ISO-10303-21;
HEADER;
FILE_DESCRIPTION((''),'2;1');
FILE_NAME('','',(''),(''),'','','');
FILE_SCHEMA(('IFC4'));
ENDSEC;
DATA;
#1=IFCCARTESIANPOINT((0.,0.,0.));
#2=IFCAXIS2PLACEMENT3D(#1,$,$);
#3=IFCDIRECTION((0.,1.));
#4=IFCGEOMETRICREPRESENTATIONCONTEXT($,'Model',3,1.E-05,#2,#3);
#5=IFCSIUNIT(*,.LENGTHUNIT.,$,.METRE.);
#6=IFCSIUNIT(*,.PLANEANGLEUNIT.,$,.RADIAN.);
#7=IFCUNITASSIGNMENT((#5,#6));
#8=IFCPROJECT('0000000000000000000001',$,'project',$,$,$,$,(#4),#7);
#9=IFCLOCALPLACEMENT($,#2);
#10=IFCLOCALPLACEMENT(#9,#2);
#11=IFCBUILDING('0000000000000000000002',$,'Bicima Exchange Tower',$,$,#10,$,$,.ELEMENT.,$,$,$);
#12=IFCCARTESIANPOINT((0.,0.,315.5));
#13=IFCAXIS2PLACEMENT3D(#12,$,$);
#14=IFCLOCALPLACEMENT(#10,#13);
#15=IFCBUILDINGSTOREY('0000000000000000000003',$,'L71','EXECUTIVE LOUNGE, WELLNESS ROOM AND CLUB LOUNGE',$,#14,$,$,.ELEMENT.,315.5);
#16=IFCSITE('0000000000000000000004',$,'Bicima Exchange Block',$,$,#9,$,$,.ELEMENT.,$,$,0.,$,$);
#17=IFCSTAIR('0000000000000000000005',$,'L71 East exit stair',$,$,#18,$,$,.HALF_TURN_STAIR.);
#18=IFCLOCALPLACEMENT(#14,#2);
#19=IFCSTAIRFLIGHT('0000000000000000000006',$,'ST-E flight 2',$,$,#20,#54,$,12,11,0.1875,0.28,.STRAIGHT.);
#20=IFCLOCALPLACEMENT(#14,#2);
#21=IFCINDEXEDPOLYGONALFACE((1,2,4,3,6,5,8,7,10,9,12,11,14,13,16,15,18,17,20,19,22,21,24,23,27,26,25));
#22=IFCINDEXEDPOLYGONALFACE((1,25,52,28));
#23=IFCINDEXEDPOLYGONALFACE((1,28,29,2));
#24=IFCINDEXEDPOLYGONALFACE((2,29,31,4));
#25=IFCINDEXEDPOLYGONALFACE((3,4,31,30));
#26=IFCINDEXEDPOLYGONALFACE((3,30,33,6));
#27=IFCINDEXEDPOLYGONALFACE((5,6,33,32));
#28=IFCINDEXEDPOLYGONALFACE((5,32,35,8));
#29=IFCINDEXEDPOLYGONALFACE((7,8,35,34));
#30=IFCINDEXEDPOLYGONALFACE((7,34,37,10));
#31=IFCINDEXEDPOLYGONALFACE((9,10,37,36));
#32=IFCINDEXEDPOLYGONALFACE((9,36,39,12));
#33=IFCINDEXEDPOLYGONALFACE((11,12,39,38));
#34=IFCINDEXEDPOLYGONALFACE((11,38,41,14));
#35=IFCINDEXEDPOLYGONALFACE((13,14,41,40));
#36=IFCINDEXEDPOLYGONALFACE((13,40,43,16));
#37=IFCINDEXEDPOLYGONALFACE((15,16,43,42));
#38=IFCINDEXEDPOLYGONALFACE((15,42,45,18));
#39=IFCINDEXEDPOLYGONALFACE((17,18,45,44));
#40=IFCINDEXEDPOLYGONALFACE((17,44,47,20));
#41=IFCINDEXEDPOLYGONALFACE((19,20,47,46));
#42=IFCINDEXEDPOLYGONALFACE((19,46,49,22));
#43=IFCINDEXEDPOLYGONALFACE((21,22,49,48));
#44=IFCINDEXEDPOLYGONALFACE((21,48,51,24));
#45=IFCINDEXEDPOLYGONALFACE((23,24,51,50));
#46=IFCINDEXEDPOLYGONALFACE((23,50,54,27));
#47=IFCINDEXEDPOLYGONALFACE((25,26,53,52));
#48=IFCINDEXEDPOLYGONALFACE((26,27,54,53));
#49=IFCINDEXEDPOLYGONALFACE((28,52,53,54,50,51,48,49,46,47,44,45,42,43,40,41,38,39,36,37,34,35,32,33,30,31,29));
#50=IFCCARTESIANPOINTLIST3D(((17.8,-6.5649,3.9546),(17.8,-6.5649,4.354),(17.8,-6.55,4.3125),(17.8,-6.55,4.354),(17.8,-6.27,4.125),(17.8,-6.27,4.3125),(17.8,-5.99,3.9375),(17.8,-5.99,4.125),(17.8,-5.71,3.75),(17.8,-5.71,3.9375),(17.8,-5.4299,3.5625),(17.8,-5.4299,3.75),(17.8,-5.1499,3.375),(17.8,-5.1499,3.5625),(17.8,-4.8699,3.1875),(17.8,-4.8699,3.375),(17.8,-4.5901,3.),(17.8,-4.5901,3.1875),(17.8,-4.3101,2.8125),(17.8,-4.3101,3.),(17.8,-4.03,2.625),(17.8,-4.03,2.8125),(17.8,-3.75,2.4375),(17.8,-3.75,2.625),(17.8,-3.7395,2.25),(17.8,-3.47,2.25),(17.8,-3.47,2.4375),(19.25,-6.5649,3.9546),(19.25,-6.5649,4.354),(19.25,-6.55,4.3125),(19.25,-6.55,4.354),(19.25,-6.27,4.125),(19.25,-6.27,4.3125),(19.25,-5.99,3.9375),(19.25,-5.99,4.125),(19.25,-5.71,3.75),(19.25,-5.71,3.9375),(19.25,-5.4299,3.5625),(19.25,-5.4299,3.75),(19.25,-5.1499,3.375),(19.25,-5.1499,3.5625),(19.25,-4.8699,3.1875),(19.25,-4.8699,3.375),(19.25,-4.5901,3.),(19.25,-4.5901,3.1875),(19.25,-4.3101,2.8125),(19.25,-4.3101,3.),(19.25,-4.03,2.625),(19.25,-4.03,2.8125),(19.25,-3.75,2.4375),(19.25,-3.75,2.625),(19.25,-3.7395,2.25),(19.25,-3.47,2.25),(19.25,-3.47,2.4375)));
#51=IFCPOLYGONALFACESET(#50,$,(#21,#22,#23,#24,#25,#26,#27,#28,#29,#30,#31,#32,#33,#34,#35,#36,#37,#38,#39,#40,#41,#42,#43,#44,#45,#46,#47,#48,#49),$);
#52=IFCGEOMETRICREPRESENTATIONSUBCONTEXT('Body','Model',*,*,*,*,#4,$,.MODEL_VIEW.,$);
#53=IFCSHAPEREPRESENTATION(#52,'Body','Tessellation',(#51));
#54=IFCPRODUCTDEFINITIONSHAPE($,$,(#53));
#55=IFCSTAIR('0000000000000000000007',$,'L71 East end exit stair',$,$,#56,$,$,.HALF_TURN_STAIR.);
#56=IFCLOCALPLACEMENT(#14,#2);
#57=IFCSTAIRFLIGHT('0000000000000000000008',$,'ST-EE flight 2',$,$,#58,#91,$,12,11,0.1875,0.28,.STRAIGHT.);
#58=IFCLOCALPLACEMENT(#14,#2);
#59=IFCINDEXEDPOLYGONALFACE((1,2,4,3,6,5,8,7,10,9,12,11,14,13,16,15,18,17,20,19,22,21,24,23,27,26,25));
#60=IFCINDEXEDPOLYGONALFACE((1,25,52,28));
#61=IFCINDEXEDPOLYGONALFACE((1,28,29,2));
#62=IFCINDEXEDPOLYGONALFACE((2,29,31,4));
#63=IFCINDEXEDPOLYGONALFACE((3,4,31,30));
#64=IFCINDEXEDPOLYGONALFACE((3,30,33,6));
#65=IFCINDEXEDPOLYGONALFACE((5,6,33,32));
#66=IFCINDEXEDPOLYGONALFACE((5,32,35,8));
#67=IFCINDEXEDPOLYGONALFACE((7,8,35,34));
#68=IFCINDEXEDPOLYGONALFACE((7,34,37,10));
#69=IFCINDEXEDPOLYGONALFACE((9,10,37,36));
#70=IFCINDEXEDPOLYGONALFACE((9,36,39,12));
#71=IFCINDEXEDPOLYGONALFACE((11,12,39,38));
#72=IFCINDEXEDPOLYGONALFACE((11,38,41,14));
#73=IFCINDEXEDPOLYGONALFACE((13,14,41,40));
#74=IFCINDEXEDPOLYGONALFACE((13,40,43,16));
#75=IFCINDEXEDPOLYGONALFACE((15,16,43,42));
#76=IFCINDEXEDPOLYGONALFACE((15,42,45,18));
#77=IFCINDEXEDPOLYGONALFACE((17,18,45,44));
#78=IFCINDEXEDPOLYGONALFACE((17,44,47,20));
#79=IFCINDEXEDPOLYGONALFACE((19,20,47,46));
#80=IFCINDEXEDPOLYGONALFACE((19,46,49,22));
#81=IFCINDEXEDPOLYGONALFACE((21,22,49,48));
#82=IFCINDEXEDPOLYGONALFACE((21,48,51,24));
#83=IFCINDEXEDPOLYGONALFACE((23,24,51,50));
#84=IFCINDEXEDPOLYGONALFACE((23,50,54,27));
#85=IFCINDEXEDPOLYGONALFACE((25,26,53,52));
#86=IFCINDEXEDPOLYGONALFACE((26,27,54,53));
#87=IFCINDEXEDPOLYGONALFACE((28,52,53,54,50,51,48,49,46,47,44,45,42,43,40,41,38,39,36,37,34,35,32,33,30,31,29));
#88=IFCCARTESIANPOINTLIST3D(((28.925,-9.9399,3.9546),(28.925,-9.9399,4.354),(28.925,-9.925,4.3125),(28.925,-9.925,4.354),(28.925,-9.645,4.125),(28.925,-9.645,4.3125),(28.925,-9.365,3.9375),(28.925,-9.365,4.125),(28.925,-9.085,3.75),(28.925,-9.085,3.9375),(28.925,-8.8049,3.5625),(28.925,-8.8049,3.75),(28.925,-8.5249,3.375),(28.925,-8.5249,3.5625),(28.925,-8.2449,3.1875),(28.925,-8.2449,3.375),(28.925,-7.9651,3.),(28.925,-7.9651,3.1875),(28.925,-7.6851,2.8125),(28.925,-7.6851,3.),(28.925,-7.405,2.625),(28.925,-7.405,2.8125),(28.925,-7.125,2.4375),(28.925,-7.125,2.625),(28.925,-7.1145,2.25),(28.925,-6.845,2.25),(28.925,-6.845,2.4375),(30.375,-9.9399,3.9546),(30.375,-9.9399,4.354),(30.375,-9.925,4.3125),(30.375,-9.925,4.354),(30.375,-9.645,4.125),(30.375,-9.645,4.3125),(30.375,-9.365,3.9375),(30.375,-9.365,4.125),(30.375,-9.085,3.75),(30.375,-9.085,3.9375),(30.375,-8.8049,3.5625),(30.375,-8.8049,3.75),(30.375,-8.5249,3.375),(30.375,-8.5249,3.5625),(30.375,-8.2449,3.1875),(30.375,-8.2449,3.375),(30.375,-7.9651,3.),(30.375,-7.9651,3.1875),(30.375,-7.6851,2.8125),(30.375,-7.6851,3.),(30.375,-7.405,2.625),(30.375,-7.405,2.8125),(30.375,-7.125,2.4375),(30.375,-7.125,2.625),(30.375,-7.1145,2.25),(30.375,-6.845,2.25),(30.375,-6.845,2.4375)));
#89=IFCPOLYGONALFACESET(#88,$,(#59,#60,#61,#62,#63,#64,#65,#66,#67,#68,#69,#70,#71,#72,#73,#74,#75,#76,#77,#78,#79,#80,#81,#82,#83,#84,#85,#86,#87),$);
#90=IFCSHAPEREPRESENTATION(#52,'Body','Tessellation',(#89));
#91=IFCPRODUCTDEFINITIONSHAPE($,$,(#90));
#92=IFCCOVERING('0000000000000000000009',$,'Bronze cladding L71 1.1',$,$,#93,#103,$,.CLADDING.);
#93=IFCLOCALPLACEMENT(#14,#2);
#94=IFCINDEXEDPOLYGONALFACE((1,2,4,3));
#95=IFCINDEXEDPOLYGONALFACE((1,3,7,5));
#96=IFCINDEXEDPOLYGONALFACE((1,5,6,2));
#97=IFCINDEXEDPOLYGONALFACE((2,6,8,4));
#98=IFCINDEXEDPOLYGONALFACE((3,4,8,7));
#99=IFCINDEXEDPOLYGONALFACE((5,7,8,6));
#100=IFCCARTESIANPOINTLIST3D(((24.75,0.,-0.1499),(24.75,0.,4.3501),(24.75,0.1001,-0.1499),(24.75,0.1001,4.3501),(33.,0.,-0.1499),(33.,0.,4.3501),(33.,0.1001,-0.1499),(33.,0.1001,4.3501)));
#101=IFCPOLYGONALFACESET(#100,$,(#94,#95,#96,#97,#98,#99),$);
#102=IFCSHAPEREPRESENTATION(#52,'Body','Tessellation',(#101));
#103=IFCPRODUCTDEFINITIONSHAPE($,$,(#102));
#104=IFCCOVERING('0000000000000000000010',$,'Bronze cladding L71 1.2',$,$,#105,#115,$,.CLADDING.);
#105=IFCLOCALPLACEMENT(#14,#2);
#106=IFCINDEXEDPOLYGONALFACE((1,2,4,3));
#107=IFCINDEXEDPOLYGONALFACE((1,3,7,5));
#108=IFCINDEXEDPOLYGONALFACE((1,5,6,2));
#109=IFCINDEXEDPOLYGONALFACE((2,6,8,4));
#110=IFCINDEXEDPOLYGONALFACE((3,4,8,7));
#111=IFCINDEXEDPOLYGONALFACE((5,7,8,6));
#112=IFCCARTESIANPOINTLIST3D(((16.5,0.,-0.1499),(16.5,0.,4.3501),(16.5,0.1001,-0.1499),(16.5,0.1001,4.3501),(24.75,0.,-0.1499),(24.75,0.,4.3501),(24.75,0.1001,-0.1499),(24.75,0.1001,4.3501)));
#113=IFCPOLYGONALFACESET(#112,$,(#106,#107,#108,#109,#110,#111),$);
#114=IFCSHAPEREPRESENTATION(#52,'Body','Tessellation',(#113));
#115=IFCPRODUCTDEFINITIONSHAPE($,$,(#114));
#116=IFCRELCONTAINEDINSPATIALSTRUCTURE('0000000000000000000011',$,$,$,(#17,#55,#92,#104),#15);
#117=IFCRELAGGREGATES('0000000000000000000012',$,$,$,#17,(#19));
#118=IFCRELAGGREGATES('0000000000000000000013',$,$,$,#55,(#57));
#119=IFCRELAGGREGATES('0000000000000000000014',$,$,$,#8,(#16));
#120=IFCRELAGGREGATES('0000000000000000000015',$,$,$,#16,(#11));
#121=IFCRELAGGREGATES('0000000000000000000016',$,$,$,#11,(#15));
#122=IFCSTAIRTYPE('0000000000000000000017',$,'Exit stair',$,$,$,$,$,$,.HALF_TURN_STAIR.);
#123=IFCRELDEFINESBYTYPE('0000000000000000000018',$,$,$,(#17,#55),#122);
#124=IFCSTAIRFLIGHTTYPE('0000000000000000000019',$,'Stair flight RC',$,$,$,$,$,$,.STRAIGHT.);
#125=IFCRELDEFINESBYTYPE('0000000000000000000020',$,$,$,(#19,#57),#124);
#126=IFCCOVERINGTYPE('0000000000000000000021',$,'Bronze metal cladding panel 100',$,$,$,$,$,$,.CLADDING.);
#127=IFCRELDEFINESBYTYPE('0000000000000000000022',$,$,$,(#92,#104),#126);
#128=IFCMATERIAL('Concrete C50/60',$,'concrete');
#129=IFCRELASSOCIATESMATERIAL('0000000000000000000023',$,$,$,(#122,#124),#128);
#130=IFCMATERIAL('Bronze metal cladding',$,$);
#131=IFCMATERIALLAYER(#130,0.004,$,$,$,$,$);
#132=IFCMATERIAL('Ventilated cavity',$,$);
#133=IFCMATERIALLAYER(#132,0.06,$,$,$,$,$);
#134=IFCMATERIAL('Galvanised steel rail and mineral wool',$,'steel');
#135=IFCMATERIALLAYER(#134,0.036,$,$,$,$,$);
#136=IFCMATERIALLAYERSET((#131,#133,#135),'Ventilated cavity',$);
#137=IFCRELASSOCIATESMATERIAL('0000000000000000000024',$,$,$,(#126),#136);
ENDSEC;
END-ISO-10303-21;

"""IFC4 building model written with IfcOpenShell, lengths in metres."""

from ifc_helpers import new_model, si_unit, direction, frame, origin, origin_2d, place, context, subcontext, project, spatial, polyline, rectangle, outline, extrude, material, layer, layer_set, type_object, element, aggregate, save


model = new_model("IFC4")

# Units and contexts
model_context = context("Model", 3, precision=1e-05, world=origin(), true_north=direction((0.0, 1.0)))
body_context = subcontext(model_context, "Body", "Model", "MODEL_VIEW")
ifc_project = project(units=[si_unit("LENGTHUNIT", "METRE"), si_unit("PLANEANGLEUNIT", "RADIAN")], contexts=[model_context])

# Site, building, storey
site_placement = place(None, origin())
site = spatial("IfcSite", under=ifc_project, at=site_placement, Name="Bicima Exchange Block", CompositionType="ELEMENT", RefElevation=0.0)
building_placement = place(site_placement, origin())
building = spatial("IfcBuilding", under=site, at=building_placement, Name="Bicima Exchange Tower", CompositionType="ELEMENT")
storey_placement = place(building_placement, frame((0.0, 0.0, 315.5)))
storey = spatial("IfcBuildingStorey", under=building, at=storey_placement, Name="L71", Description="EXECUTIVE LOUNGE, WELLNESS ROOM AND CLUB LOUNGE", CompositionType="ELEMENT", Elevation=315.5)

# Shared definitions
ifc_material_1 = material(Name="Concrete C50/60", Category="concrete")

# Stair, stair flight
stair_type = type_object("IfcStairType", Name="Exit stair", PredefinedType="HALF_TURN_STAIR", material=ifc_material_1)
stair_1_placement = place(storey_placement, origin())
stair_1 = element("IfcStair", 1, at=stair_1_placement, inside=storey, type_object=stair_type, Name="L71 East exit stair", PredefinedType="HALF_TURN_STAIR")
stair_flight_type = type_object("IfcStairFlightType", Name="Stair flight RC", PredefinedType="STRAIGHT", material=ifc_material_1)
stair_flight_1_placement = place(storey_placement, frame((18.5249, -3.47, 2.25), z_axis=(0.0, 0.0, 1.0), x_axis=(0.0, -1.0, 0.0)))
stair_flight_1 = element("IfcStairFlight", 2, at=stair_flight_1_placement, type_object=stair_flight_type, Name="ST-E flight 2", NumberOfRisers=12, NumberOfTreads=11, PredefinedType="STRAIGHT", RiserHeight=0.1875, TreadLength=0.28, context=body_context, shape_type="SweptSolid", body=[
    extrude(outline(polyline([(0.0, 0.0), (0.0, 0.1875), (0.28, 0.1875), (0.28, 0.375), (0.5601, 0.375), (0.5601, 0.5625), (0.8401, 0.5625), (0.8401, 0.75), (1.1201, 0.75), (1.1201, 0.9375), (1.3999, 0.9375), (1.3999, 1.125), (1.6799, 1.125), (1.6799, 1.3125), (1.96, 1.3125), (1.96, 1.5), (2.24, 1.5), (2.24, 1.6875), (2.52, 1.6875), (2.52, 1.875), (2.8, 1.875), (2.8, 2.0625), (3.0801, 2.0625), (3.0801, 2.104), (3.095, 2.104), (3.095, 1.7046), (0.2695, 0.0), (0.0, 0.0)])), frame((0.0, 0.7251, 0.0), z_axis=(0.0, -1.0, 0.0), x_axis=(1.0, 0.0, 0.0)), (0.0, 0.0, 1.0), 1.45),
])
aggregate(stair_1, [stair_flight_1])

# Stair, stair flight
stair_2_placement = place(storey_placement, origin())
stair_2 = element("IfcStair", 3, at=stair_2_placement, inside=storey, type_object=stair_type, Name="L71 East end exit stair", PredefinedType="HALF_TURN_STAIR")
stair_flight_2_placement = place(storey_placement, frame((29.6499, -6.845, 2.25), z_axis=(0.0, 0.0, 1.0), x_axis=(0.0, -1.0, 0.0)))
stair_flight_2 = element("IfcStairFlight", 4, at=stair_flight_2_placement, type_object=stair_flight_type, Name="ST-EE flight 2", NumberOfRisers=12, NumberOfTreads=11, PredefinedType="STRAIGHT", RiserHeight=0.1875, TreadLength=0.28, context=body_context, shape_type="SweptSolid", body=[
    extrude(outline(polyline([(0.0, 0.0), (0.0, 0.1875), (0.28, 0.1875), (0.28, 0.375), (0.5601, 0.375), (0.5601, 0.5625), (0.8401, 0.5625), (0.8401, 0.75), (1.1201, 0.75), (1.1201, 0.9375), (1.3999, 0.9375), (1.3999, 1.125), (1.6799, 1.125), (1.6799, 1.3125), (1.96, 1.3125), (1.96, 1.5), (2.24, 1.5), (2.24, 1.6875), (2.52, 1.6875), (2.52, 1.875), (2.8, 1.875), (2.8, 2.0625), (3.0801, 2.0625), (3.0801, 2.104), (3.095, 2.104), (3.095, 1.7046), (0.2695, 0.0), (0.0, 0.0)])), frame((0.0, 0.7251, 0.0), z_axis=(0.0, -1.0, 0.0), x_axis=(1.0, 0.0, 0.0)), (0.0, 0.0, 1.0), 1.45),
])
aggregate(stair_2, [stair_flight_2])

# Coverings
ifc_material_2 = material(Name="Bronze metal cladding")
ifc_layer_1 = layer(ifc_material_2, 0.004)
ifc_material_3 = material(Name="Ventilated cavity")
ifc_layer_2 = layer(ifc_material_3, 0.06)
ifc_material_4 = material(Name="Galvanised steel rail and mineral wool", Category="steel")
ifc_layer_3 = layer(ifc_material_4, 0.036)
ifc_layer_set_1 = layer_set([ifc_layer_1, ifc_layer_2, ifc_layer_3], Name="Ventilated cavity")
covering_type = type_object("IfcCoveringType", Name="Bronze metal cladding panel 100", PredefinedType="CLADDING", material=ifc_layer_set_1)
for number, where, z_axis, x_axis, name in (
    (5, (28.875, 0.05, -0.1499), (0.0, 0.0, 1.0), (-1.0, 0.0, 0.0), "Bronze cladding L71 1.1"),
    (6, (20.625, 0.05, -0.1499), (0.0, 0.0, 1.0), (-1.0, 0.0, 0.0), "Bronze cladding L71 1.2"),
):
    element("IfcCovering", number, at=place(storey_placement, frame(where, z_axis=z_axis, x_axis=x_axis)), inside=storey, type_object=covering_type, Name=name, PredefinedType="CLADDING", context=body_context, shape_type="SweptSolid", body=[
        extrude(rectangle(XDim=8.25, YDim=0.1001, at=origin_2d()), origin(), (0.0, 0.0, 1.0), 4.5),
    ])

save(model, "model.ifc")
